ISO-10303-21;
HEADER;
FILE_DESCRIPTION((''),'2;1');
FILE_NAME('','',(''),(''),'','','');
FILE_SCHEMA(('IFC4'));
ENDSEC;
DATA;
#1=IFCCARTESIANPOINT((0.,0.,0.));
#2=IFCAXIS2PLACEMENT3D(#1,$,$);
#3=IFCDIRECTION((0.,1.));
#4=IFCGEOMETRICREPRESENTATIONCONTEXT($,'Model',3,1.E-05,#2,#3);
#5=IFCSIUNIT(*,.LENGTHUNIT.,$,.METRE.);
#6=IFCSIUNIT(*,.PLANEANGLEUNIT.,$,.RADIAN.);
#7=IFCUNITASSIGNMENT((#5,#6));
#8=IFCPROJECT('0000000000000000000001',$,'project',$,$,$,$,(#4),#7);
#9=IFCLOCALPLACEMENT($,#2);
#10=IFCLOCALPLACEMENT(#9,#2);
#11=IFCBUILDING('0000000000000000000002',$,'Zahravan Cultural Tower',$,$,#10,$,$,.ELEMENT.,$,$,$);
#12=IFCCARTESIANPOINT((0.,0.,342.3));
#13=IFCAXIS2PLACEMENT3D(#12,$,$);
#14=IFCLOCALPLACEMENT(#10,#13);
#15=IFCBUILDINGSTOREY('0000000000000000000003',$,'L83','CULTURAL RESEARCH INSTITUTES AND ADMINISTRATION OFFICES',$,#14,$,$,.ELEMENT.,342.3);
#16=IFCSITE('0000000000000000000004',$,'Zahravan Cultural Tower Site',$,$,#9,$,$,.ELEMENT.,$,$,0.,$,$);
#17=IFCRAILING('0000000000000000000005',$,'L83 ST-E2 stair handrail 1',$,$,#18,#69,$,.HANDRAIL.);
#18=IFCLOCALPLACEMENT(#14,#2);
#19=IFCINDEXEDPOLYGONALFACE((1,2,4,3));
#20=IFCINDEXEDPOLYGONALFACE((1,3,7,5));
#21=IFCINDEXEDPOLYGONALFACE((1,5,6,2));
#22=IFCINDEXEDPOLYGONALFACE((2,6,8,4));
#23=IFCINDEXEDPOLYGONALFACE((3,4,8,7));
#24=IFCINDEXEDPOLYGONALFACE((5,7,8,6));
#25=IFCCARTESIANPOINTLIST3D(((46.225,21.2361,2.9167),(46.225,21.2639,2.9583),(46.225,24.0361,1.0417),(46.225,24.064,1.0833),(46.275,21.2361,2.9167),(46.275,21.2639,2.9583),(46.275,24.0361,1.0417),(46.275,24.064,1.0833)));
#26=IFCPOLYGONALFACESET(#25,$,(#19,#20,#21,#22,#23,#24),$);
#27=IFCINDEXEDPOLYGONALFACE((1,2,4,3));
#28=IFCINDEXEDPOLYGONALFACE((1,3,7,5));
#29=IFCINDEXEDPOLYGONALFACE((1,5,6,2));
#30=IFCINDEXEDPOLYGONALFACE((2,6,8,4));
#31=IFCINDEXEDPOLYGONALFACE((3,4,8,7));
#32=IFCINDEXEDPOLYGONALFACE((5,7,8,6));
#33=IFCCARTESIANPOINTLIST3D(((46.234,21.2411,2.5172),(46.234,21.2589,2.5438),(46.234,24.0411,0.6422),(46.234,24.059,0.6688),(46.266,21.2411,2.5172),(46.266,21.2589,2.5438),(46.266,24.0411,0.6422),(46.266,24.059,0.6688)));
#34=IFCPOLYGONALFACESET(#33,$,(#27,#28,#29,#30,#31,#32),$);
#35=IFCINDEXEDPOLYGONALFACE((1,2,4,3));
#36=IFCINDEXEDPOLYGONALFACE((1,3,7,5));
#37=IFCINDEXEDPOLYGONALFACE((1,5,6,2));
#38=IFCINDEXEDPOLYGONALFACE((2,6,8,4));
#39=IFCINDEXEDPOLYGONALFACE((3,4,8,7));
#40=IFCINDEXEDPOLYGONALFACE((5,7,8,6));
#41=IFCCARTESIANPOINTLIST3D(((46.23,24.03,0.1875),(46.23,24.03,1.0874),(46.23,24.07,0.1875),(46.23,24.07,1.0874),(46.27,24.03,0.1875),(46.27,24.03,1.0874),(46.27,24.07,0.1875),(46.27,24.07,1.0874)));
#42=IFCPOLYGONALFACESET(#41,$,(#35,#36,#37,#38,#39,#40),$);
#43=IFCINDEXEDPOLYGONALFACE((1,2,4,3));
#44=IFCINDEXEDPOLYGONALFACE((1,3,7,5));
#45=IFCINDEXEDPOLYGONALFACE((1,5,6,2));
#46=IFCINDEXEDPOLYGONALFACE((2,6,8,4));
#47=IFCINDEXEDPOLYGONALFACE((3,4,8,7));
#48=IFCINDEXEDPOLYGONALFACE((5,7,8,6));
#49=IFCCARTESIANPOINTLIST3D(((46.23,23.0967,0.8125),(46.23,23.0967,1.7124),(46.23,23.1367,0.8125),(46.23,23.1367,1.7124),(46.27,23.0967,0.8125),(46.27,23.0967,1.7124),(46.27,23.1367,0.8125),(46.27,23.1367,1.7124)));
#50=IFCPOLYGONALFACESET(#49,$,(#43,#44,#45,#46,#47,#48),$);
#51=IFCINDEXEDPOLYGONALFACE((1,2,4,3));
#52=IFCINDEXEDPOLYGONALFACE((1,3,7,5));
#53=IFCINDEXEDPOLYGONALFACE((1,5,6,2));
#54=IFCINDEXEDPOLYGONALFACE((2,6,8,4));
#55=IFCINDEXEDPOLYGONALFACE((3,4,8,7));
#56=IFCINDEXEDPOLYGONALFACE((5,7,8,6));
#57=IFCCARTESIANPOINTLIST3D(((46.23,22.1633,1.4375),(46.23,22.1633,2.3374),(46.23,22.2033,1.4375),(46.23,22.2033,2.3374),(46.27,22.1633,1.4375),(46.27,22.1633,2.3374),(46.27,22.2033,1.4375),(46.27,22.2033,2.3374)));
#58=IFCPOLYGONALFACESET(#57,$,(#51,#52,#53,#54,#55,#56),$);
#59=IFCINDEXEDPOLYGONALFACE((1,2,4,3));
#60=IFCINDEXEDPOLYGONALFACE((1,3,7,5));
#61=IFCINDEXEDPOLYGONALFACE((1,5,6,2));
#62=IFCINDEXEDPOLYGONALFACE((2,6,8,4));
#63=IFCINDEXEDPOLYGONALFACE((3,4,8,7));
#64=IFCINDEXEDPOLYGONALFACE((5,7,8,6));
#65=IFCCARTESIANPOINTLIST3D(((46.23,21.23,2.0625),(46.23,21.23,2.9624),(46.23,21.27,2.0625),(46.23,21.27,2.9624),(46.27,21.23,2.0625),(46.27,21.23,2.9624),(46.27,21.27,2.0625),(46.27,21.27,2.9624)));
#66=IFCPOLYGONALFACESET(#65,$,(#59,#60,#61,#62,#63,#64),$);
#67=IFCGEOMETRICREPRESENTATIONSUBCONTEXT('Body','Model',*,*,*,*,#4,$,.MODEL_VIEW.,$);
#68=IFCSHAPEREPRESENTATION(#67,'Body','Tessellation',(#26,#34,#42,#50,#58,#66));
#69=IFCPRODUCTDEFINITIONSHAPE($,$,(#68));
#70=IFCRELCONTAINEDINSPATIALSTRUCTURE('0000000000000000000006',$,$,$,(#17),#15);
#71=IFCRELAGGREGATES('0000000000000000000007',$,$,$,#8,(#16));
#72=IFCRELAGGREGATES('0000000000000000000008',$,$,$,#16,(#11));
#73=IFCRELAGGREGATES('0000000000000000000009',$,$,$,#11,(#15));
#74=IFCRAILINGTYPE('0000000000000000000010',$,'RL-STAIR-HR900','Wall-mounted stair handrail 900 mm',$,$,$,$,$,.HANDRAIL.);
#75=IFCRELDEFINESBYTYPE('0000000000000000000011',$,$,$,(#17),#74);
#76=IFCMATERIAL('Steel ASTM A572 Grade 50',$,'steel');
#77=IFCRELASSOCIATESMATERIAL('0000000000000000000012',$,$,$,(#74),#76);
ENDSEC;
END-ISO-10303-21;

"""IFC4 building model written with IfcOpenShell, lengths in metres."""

from ifc_helpers import new_model, si_unit, direction, frame, origin, origin_2d, place, context, subcontext, project, spatial, rectangle, extrude, material, type_object, element, save


model = new_model("IFC4")

# Units and contexts
model_context = context("Model", 3, precision=1e-05, world=origin(), true_north=direction((0.0, 1.0)))
body_context = subcontext(model_context, "Body", "Model", "MODEL_VIEW")
ifc_project = project(units=[si_unit("LENGTHUNIT", "METRE"), si_unit("PLANEANGLEUNIT", "RADIAN")], contexts=[model_context])

# Site, building, storey
site_placement = place(None, origin())
site = spatial("IfcSite", under=ifc_project, at=site_placement, Name="Zahravan Cultural Tower Site", CompositionType="ELEMENT", RefElevation=0.0)
building_placement = place(site_placement, origin())
building = spatial("IfcBuilding", under=site, at=building_placement, Name="Zahravan Cultural Tower", CompositionType="ELEMENT")
storey_placement = place(building_placement, frame((0.0, 0.0, 342.3)))
storey = spatial("IfcBuildingStorey", under=building, at=storey_placement, Name="L83", Description="CULTURAL RESEARCH INSTITUTES AND ADMINISTRATION OFFICES", CompositionType="ELEMENT", Elevation=342.3)

# Shared definitions
ifc_material_1 = material(Name="Steel ASTM A572 Grade 50", Category="steel")

# Railing
railing_type_1 = type_object("IfcRailingType", Name="RL-STAIR-HR900", Description="Wall-mounted stair handrail 900 mm", PredefinedType="HANDRAIL", material=ifc_material_1)
railing_1_placement = place(storey_placement, frame((46.25, 24.05, 0.1875)))
element("IfcRailing", 1, at=railing_1_placement, inside=storey, type_object=railing_type_1, Name="L83 ST-E2 stair handrail 1", PredefinedType="HANDRAIL", context=body_context, shape_type="SweptSolid", body=[
    extrude(rectangle(XDim=0.05, YDim=0.05, at=origin_2d()), frame((0.0, 0.0, 0.875), z_axis=(0.0, -0.830912, 0.556404), x_axis=(1.0, 0.0, 0.0)), (0.0, 0.0, 1.0), 3.3699),
    extrude(rectangle(XDim=0.032, YDim=0.032, at=origin_2d()), frame((0.0, 0.0, 0.468), z_axis=(0.0, -0.830912, 0.556404), x_axis=(1.0, 0.0, 0.0)), (0.0, 0.0, 1.0), 3.3699),
    extrude(rectangle(XDim=0.04, YDim=0.04, at=origin_2d()), origin(), (0.0, 0.0, 1.0), 0.8999),
    extrude(rectangle(XDim=0.04, YDim=0.04, at=origin_2d()), frame((0.0, -0.9333, 0.625)), (0.0, 0.0, 1.0), 0.8999),
    extrude(rectangle(XDim=0.04, YDim=0.04, at=origin_2d()), frame((0.0, -1.8667, 1.25)), (0.0, 0.0, 1.0), 0.8999),
    extrude(rectangle(XDim=0.04, YDim=0.04, at=origin_2d()), frame((0.0, -2.8, 1.875)), (0.0, 0.0, 1.0), 0.8999),
])

save(model, "model.ifc")
